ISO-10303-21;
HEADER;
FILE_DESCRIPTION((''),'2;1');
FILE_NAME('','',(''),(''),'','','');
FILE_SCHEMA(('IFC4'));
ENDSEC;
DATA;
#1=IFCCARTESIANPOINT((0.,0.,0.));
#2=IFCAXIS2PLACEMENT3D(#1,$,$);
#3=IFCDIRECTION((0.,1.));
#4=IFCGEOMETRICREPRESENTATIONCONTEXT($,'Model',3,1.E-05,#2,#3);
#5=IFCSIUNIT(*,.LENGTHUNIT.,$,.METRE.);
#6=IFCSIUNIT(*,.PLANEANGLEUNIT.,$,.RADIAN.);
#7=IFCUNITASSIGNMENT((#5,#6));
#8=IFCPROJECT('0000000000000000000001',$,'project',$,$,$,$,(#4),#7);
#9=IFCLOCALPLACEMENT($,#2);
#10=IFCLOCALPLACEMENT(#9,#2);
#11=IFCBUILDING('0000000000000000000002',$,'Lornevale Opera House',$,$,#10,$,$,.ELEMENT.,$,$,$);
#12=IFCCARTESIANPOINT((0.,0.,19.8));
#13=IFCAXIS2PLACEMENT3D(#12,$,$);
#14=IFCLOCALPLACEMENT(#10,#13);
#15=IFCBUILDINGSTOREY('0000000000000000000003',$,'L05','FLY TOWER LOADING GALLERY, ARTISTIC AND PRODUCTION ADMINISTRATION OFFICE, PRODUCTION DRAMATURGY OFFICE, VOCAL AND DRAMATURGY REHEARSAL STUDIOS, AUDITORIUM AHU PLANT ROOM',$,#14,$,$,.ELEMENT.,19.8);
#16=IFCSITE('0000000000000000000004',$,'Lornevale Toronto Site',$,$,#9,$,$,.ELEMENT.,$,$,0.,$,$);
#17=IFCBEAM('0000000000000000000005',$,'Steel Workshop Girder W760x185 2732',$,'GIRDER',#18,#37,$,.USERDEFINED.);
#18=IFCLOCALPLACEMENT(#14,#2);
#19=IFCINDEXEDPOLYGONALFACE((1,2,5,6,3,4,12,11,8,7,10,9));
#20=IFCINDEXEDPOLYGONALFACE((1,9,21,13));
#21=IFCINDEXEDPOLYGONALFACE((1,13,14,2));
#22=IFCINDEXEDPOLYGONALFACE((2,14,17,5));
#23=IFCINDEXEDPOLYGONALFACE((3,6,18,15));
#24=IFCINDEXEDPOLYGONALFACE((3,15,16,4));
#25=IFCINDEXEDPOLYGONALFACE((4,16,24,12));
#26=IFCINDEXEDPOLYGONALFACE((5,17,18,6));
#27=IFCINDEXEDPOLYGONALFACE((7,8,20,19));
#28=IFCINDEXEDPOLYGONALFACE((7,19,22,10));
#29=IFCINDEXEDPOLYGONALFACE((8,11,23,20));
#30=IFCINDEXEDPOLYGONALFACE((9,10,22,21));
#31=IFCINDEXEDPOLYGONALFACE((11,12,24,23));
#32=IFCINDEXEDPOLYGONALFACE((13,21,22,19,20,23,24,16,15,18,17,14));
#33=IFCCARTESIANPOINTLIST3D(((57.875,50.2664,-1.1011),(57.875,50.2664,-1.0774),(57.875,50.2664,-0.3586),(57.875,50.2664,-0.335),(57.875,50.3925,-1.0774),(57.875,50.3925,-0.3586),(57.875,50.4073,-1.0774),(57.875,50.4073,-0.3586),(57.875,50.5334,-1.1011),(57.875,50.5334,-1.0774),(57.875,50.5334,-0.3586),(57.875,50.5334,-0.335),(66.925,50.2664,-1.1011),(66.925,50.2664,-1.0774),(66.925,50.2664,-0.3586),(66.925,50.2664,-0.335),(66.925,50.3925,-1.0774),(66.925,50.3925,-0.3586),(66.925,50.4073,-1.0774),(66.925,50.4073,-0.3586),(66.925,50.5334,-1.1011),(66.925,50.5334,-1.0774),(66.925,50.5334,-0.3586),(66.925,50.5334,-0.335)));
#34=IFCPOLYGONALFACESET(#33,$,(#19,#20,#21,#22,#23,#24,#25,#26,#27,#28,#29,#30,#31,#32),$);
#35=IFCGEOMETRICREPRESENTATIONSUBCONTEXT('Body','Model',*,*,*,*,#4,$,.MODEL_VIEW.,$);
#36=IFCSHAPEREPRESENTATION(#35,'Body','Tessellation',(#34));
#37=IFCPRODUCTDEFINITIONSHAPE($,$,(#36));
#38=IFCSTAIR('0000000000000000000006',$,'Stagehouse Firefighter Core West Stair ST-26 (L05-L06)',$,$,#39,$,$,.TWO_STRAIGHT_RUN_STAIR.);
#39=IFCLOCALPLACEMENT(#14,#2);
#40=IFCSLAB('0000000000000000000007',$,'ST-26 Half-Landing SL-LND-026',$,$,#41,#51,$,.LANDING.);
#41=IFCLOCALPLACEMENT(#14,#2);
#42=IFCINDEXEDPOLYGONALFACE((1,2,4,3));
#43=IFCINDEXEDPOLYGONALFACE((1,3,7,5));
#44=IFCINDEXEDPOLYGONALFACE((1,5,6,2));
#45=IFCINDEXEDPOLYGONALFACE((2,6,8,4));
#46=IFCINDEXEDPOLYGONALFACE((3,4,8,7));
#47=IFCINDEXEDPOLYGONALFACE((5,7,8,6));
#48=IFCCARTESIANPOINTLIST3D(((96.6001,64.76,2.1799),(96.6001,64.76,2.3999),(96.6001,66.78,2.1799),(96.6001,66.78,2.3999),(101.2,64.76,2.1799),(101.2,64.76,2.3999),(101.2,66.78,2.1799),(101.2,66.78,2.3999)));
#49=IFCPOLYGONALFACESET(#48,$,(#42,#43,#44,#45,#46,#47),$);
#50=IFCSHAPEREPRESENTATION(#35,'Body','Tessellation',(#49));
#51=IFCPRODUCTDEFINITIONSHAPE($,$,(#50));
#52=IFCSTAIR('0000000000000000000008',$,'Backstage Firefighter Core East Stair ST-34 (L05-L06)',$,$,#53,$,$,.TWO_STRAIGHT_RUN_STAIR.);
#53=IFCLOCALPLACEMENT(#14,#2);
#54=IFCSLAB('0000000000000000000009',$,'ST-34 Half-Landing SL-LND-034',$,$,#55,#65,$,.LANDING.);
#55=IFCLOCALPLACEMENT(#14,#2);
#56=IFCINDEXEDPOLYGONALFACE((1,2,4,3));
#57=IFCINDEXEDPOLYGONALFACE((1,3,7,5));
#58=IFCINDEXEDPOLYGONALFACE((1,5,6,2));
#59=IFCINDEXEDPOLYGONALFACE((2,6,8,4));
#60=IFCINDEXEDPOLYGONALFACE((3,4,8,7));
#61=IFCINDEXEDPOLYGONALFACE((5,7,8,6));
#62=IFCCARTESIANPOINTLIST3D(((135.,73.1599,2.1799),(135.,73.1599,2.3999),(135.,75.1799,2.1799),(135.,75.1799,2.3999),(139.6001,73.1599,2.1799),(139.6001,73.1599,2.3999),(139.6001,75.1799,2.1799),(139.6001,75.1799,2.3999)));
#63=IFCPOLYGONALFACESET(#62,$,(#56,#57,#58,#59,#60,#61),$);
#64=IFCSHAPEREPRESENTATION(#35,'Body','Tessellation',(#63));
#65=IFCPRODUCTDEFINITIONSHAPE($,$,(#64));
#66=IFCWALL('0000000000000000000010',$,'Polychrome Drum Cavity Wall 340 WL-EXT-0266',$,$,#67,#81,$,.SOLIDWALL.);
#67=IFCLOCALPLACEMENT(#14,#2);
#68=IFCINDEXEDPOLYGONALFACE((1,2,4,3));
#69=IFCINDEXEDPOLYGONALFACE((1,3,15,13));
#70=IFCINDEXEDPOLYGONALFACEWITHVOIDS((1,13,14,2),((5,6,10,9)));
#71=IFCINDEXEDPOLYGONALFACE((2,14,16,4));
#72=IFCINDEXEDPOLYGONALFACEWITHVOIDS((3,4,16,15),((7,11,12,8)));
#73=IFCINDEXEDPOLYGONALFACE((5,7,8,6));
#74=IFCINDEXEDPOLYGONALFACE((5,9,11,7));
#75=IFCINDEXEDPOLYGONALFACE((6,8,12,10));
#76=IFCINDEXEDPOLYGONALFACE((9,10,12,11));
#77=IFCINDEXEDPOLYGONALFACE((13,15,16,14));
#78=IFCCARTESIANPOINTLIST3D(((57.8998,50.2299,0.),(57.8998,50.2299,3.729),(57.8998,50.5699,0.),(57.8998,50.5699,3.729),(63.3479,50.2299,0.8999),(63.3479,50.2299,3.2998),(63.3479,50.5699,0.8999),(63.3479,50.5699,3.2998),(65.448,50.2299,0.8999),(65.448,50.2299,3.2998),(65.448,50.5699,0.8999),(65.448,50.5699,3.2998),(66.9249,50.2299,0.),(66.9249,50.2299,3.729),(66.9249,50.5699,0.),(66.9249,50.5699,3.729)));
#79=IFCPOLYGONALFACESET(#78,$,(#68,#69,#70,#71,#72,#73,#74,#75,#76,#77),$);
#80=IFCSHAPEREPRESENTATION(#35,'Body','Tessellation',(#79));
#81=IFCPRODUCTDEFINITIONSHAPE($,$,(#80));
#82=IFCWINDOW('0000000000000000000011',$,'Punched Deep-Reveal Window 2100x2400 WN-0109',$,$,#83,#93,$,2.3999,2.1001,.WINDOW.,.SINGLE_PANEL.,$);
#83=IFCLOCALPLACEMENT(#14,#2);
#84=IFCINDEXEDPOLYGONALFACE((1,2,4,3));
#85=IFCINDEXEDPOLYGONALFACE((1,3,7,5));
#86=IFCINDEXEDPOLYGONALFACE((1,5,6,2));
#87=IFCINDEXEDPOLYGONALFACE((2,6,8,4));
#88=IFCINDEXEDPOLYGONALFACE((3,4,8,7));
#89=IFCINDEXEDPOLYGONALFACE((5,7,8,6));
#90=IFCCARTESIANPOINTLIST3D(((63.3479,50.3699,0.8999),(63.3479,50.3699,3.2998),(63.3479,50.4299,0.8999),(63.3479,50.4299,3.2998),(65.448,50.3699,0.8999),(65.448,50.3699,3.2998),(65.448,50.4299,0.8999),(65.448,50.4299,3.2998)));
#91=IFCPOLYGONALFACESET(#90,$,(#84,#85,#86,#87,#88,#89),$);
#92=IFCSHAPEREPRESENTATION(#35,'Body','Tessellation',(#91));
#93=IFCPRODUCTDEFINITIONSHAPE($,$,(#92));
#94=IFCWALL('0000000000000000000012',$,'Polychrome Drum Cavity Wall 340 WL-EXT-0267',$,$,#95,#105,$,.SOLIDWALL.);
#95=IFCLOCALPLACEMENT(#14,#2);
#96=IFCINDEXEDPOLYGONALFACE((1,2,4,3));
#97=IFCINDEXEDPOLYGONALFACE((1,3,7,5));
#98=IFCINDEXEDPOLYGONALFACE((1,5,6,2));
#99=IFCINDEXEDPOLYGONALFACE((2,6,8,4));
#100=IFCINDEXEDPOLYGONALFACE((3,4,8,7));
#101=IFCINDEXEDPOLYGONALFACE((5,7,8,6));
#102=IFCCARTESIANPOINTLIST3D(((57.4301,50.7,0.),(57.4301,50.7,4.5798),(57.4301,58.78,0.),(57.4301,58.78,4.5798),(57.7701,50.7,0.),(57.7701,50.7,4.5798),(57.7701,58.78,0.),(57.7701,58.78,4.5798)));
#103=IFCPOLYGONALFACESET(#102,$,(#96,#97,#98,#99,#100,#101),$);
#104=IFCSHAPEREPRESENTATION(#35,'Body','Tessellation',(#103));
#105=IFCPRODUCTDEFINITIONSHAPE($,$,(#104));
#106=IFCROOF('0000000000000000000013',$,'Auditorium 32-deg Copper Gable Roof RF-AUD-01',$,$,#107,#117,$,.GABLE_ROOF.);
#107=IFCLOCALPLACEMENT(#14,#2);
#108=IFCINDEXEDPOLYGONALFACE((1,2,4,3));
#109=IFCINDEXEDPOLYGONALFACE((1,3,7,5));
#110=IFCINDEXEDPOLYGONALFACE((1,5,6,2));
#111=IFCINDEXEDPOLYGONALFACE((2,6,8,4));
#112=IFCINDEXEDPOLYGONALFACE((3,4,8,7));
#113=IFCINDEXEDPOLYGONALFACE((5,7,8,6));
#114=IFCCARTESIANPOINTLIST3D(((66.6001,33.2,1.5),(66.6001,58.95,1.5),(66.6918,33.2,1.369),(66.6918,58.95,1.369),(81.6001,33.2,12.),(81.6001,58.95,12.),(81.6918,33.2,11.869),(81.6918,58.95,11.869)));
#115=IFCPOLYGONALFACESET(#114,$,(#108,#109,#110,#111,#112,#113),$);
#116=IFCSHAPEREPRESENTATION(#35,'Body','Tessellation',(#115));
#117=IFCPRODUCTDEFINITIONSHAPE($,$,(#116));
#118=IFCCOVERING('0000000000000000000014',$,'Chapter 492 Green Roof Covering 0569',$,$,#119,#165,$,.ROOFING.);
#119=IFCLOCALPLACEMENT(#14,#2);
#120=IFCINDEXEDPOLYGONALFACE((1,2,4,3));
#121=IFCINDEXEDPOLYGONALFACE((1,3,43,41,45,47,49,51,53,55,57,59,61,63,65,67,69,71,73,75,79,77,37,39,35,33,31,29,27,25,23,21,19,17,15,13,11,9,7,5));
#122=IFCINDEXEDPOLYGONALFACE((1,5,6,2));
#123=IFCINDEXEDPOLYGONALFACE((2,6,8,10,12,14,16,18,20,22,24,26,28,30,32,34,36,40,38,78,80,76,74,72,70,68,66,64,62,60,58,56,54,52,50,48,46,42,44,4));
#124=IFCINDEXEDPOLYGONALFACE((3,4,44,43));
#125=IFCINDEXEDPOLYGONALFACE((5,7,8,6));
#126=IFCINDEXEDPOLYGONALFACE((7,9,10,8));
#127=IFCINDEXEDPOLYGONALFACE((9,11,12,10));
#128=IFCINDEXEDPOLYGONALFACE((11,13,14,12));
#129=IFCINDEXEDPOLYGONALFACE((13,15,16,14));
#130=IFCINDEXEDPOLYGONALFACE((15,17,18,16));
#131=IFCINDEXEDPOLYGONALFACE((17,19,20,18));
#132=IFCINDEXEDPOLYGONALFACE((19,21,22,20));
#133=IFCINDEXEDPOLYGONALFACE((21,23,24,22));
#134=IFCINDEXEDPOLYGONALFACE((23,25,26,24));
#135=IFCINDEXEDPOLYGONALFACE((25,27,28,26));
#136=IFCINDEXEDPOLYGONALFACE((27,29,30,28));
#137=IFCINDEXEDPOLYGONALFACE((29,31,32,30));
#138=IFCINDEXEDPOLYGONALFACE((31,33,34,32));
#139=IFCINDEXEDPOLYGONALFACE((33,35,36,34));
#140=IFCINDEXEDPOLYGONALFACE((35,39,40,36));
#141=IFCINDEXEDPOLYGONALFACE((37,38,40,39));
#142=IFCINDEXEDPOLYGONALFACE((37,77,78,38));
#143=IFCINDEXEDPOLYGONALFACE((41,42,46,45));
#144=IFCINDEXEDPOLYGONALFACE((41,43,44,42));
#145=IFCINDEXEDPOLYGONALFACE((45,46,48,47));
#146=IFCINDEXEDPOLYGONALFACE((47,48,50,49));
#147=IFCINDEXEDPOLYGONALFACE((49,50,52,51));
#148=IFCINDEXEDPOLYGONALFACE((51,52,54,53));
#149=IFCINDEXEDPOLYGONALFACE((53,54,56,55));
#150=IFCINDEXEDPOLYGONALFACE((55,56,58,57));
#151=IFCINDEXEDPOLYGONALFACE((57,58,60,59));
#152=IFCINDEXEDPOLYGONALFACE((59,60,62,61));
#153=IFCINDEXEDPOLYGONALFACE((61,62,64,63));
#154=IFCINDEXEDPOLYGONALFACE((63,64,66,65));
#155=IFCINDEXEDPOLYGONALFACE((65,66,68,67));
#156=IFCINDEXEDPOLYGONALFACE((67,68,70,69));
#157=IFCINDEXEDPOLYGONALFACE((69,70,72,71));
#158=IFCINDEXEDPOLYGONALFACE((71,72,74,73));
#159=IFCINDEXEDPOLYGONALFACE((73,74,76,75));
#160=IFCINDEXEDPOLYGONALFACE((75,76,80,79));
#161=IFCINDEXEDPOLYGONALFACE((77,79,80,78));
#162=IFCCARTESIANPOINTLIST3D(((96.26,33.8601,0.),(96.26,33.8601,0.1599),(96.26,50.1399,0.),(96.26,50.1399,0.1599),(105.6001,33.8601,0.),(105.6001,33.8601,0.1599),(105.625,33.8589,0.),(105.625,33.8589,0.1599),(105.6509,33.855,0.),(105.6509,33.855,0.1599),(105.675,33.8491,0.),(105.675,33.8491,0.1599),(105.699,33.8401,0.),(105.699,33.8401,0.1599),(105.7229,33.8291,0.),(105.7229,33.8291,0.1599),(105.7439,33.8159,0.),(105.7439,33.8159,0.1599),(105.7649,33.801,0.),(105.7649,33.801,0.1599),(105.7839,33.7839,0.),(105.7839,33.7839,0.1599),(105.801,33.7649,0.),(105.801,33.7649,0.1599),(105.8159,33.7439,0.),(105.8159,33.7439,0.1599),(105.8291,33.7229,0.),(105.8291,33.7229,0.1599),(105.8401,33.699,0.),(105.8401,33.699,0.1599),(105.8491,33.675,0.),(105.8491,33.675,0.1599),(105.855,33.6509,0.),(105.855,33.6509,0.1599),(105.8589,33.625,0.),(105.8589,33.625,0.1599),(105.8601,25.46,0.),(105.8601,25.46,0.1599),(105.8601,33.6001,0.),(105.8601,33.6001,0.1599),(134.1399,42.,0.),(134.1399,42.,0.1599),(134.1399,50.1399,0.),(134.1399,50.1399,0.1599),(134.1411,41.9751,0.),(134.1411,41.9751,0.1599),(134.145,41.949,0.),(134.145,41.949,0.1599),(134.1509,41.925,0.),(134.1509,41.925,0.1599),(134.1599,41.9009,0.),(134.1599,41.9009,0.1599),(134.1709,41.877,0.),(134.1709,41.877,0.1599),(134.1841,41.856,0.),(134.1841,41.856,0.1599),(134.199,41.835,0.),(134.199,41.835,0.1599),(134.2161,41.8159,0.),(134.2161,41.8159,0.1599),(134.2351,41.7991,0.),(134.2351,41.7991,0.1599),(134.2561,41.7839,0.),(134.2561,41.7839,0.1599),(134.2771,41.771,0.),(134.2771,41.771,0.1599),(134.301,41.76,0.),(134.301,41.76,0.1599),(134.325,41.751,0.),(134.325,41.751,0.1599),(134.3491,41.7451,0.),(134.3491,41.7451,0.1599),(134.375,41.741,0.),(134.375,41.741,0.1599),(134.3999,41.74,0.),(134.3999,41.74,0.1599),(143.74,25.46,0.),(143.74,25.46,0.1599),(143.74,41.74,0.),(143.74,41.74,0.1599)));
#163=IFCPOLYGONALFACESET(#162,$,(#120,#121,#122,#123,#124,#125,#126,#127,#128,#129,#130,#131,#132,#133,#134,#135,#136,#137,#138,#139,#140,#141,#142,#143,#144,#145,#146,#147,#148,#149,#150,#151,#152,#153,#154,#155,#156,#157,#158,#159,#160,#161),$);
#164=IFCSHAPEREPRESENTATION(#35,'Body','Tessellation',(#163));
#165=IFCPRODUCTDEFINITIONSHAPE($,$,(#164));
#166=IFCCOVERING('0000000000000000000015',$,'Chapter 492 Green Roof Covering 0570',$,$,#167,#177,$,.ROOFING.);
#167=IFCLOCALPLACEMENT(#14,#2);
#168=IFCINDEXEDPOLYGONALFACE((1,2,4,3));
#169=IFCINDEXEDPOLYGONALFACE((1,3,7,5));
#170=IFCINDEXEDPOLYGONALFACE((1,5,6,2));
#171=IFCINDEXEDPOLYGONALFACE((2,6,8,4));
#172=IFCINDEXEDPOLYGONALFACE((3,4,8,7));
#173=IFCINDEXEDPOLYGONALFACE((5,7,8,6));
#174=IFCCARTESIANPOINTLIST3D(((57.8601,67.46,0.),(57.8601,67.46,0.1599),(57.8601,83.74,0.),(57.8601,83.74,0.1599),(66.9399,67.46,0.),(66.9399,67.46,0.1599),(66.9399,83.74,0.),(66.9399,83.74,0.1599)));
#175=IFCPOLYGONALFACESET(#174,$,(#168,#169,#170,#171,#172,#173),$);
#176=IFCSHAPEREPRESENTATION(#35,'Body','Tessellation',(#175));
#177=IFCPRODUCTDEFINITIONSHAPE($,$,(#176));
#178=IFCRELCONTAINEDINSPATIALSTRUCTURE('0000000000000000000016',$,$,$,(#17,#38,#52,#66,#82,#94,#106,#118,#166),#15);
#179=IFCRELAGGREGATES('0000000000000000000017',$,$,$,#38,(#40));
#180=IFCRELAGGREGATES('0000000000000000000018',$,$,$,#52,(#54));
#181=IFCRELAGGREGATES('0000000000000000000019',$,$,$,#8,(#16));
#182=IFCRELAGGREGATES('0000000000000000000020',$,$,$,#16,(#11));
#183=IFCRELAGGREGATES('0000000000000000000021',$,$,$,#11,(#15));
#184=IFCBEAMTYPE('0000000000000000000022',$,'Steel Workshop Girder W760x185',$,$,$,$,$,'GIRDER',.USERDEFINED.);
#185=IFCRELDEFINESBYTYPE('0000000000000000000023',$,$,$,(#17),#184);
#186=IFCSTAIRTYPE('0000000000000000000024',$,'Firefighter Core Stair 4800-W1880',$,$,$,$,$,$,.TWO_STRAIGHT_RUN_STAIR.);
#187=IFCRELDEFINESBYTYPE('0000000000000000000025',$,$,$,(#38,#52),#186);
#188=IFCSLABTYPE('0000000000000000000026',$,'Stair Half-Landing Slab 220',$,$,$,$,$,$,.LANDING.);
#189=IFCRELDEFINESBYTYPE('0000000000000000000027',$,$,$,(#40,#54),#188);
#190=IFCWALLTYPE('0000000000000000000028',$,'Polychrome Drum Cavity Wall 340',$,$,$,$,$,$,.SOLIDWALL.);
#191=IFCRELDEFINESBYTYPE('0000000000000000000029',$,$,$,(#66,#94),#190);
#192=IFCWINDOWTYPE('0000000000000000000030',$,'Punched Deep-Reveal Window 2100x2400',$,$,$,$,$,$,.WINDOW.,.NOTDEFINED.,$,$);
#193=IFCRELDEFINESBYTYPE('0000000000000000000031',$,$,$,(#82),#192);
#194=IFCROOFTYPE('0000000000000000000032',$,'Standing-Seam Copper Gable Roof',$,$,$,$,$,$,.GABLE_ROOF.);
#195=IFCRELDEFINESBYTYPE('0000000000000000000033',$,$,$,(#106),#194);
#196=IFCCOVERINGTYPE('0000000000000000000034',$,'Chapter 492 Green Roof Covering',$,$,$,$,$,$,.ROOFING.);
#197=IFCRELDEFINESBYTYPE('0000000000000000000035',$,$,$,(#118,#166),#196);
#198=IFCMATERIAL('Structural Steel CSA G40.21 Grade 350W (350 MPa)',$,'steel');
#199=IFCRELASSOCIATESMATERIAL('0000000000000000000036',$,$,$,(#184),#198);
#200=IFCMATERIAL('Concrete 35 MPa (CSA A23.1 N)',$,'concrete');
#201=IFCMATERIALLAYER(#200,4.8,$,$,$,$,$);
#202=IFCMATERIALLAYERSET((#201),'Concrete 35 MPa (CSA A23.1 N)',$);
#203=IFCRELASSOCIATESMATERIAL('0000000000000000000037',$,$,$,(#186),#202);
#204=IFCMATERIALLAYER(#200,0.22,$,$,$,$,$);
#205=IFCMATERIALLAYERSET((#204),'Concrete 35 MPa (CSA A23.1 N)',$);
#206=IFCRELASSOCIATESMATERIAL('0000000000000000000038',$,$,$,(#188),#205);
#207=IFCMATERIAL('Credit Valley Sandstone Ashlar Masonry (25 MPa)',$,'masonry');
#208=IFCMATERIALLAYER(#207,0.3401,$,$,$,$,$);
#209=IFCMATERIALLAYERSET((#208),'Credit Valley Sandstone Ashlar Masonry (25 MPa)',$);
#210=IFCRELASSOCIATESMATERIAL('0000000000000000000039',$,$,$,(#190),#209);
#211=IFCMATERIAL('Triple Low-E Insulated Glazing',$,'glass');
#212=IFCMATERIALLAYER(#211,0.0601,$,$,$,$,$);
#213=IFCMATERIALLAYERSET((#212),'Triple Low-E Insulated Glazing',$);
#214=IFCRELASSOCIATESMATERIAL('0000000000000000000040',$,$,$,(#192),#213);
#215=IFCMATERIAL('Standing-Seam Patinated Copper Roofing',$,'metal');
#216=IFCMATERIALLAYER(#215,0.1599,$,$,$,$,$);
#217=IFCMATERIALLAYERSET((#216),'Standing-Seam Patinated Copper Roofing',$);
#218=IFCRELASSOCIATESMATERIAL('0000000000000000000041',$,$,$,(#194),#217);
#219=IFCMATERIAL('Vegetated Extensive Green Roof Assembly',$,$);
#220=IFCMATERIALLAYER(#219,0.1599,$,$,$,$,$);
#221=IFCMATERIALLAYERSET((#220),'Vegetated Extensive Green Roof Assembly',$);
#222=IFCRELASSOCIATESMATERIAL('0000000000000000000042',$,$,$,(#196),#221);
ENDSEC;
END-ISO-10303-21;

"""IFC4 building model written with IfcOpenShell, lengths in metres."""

from ifc_helpers import new_model, si_unit, direction, frame, frame_2d, origin, origin_2d, place, context, subcontext, project, spatial, polyline, rectangle, i_section, outline, extrude, material, layer, layer_set, material_profile, profile_set, type_object, element, fill, aggregate, save


model = new_model("IFC4")

# Units and contexts
model_context = context("Model", 3, precision=1e-05, world=origin(), true_north=direction((0.0, 1.0)))
body_context = subcontext(model_context, "Body", "Model", "MODEL_VIEW")
ifc_project = project(units=[si_unit("LENGTHUNIT", "METRE"), si_unit("PLANEANGLEUNIT", "RADIAN")], contexts=[model_context])

# Site, building, storey
site_placement = place(None, origin())
site = spatial("IfcSite", under=ifc_project, at=site_placement, Name="Lornevale Toronto Site", CompositionType="ELEMENT", RefElevation=0.0)
building_placement = place(site_placement, origin())
building = spatial("IfcBuilding", under=site, at=building_placement, Name="Lornevale Opera House", CompositionType="ELEMENT")
storey_placement = place(building_placement, frame((0.0, 0.0, 19.8)))
storey = spatial("IfcBuildingStorey", under=building, at=storey_placement, Name="L05", Description="FLY TOWER LOADING GALLERY, ARTISTIC AND PRODUCTION ADMINISTRATION OFFICE, PRODUCTION DRAMATURGY OFFICE, VOCAL AND DRAMATURGY REHEARSAL STUDIOS, AUDITORIUM AHU PLANT ROOM", CompositionType="ELEMENT", Elevation=19.8)

# Shared definitions
ifc_material_1 = material(Name="Concrete 35 MPa (CSA A23.1 N)", Category="concrete")
ifc_material_2 = material(Name="Structural Steel CSA G40.21 Grade 350W (350 MPa)", Category="steel")

# Beam
ifc_material_profile_1 = material_profile(ifc_material_2, i_section(OverallWidth=0.2671, OverallDepth=0.7661, WebThickness=0.0149, FlangeThickness=0.0237, at=origin_2d()), Name="W760x185")
ifc_profile_set_1 = profile_set([ifc_material_profile_1], Name="Structural Steel CSA G40.21 Grade 350W (350 MPa)")
beam_type_1 = type_object("IfcBeamType", Name="Steel Workshop Girder W760x185", ElementType="GIRDER", PredefinedType="USERDEFINED", material=ifc_profile_set_1)
beam_1_placement = place(storey_placement, frame((57.875, 50.3999, -0.718), z_axis=(1.0, 0.0, 0.0), x_axis=(0.0, 1.0, 0.0)))
element("IfcBeam", 1, at=beam_1_placement, inside=storey, type_object=beam_type_1, Name="Steel Workshop Girder W760x185 2732", ObjectType="GIRDER", PredefinedType="USERDEFINED", context=body_context, shape_type="SweptSolid", body=[
    extrude(i_section(OverallWidth=0.2671, OverallDepth=0.7661, WebThickness=0.0149, FlangeThickness=0.0237, at=origin_2d()), origin(), (0.0, 0.0, 1.0), 9.05),
])

# Stairs, slabs
ifc_layer_1 = layer(ifc_material_1, 4.8)
ifc_layer_set_1 = layer_set([ifc_layer_1], Name="Concrete 35 MPa (CSA A23.1 N)")
stair_type = type_object("IfcStairType", Name="Firefighter Core Stair 4800-W1880", PredefinedType="TWO_STRAIGHT_RUN_STAIR", material=ifc_layer_set_1)
stair_1_placement = place(storey_placement, origin())
stair_1 = element("IfcStair", 2, at=stair_1_placement, inside=storey, type_object=stair_type, Name="Stagehouse Firefighter Core West Stair ST-26 (L05-L06)", PredefinedType="TWO_STRAIGHT_RUN_STAIR")
ifc_layer_2 = layer(ifc_material_1, 0.22)
ifc_layer_set_2 = layer_set([ifc_layer_2], Name="Concrete 35 MPa (CSA A23.1 N)")
slab_type = type_object("IfcSlabType", Name="Stair Half-Landing Slab 220", PredefinedType="LANDING", material=ifc_layer_set_2)
slab_1_placement = place(storey_placement, frame((0.0, 0.0, 2.1799)))
slab_1 = element("IfcSlab", 3, at=slab_1_placement, type_object=slab_type, Name="ST-26 Half-Landing SL-LND-026", PredefinedType="LANDING", context=body_context, shape_type="SweptSolid", body=[
    extrude(outline(polyline([(96.6001, 64.76), (101.2, 64.76), (101.2, 66.78), (96.6001, 66.78), (96.6001, 64.76)])), origin(), (0.0, 0.0, 1.0), 0.22),
])
aggregate(stair_1, [slab_1])
stair_2_placement = place(storey_placement, origin())
stair_2 = element("IfcStair", 4, at=stair_2_placement, inside=storey, type_object=stair_type, Name="Backstage Firefighter Core East Stair ST-34 (L05-L06)", PredefinedType="TWO_STRAIGHT_RUN_STAIR")
slab_2_placement = place(storey_placement, frame((0.0, 0.0, 2.1799)))
slab_2 = element("IfcSlab", 5, at=slab_2_placement, type_object=slab_type, Name="ST-34 Half-Landing SL-LND-034", PredefinedType="LANDING", context=body_context, shape_type="SweptSolid", body=[
    extrude(outline(polyline([(135.0, 73.1599), (139.6001, 73.1599), (139.6001, 75.1799), (135.0, 75.1799), (135.0, 73.1599)])), origin(), (0.0, 0.0, 1.0), 0.22),
])
aggregate(stair_2, [slab_2])

# Wall, opening, window
ifc_material_3 = material(Name="Credit Valley Sandstone Ashlar Masonry (25 MPa)", Category="masonry")
ifc_layer_3 = layer(ifc_material_3, 0.3401)
ifc_layer_set_3 = layer_set([ifc_layer_3], Name="Credit Valley Sandstone Ashlar Masonry (25 MPa)")
wall_type = type_object("IfcWallType", Name="Polychrome Drum Cavity Wall 340", PredefinedType="SOLIDWALL", material=ifc_layer_set_3)
wall_1_placement = place(storey_placement, frame((66.925, 50.3999, 0.0), z_axis=(0.0, 0.0, 1.0), x_axis=(-1.0, 0.0, 0.0)))
wall_1 = element("IfcWall", 6, at=wall_1_placement, inside=storey, type_object=wall_type, Name="Polychrome Drum Cavity Wall 340 WL-EXT-0266", PredefinedType="SOLIDWALL", context=body_context, shape_type="SweptSolid", body=[
    extrude(rectangle(XDim=9.0251, YDim=0.3401, at=frame_2d((4.5127, 0.0))), origin(), (0.0, 0.0, 1.0), 3.729),
])
opening_placement = place(wall_1_placement, frame((1.4771, 0.0, 0.8999)))
opening = element("IfcOpeningElement", 7, at=opening_placement, cuts=wall_1, PredefinedType="OPENING", context=body_context, shape_type="SweptSolid", body=[
    extrude(rectangle(XDim=2.1001, YDim=2.3999, at=frame_2d((1.05, 1.2))), frame((0.0, 0.1799, 0.0), z_axis=(0.0, -1.0, 0.0), x_axis=(1.0, 0.0, 0.0)), (0.0, 0.0, 1.0), 0.3601),
])
ifc_material_4 = material(Name="Triple Low-E Insulated Glazing", Category="glass")
ifc_layer_4 = layer(ifc_material_4, 0.0601)
ifc_layer_set_4 = layer_set([ifc_layer_4], Name="Triple Low-E Insulated Glazing")
window_type = type_object("IfcWindowType", Name="Punched Deep-Reveal Window 2100x2400", PartitioningType="NOTDEFINED", PredefinedType="WINDOW", material=ifc_layer_set_4)
window_placement = place(opening_placement, origin())
window = element("IfcWindow", 8, at=window_placement, inside=storey, type_object=window_type, Name="Punched Deep-Reveal Window 2100x2400 WN-0109", OverallHeight=2.3999, OverallWidth=2.1001, PartitioningType="SINGLE_PANEL", PredefinedType="WINDOW", context=body_context, shape_type="SweptSolid", body=[
    extrude(rectangle(XDim=2.1001, YDim=2.3999, at=frame_2d((1.05, 1.2))), frame((0.0, 0.03, 0.0), z_axis=(0.0, -1.0, 0.0), x_axis=(1.0, 0.0, 0.0)), (0.0, 0.0, 1.0), 0.0601),
])
fill(opening, window)

# Wall
wall_2_placement = place(storey_placement, frame((57.6001, 50.7, 0.0), z_axis=(0.0, 0.0, 1.0), x_axis=(0.0, 1.0, 0.0)))
element("IfcWall", 9, at=wall_2_placement, inside=storey, type_object=wall_type, Name="Polychrome Drum Cavity Wall 340 WL-EXT-0267", PredefinedType="SOLIDWALL", context=body_context, shape_type="SweptSolid", body=[
    extrude(rectangle(XDim=8.0801, YDim=0.3401, at=frame_2d((4.04, 0.0))), origin(), (0.0, 0.0, 1.0), 4.5798),
])

# Roof
ifc_material_5 = material(Name="Standing-Seam Patinated Copper Roofing", Category="metal")
ifc_layer_5 = layer(ifc_material_5, 0.1599)
ifc_layer_set_5 = layer_set([ifc_layer_5], Name="Standing-Seam Patinated Copper Roofing")
roof_type = type_object("IfcRoofType", Name="Standing-Seam Copper Gable Roof", PredefinedType="GABLE_ROOF", material=ifc_layer_set_5)
roof_placement = place(storey_placement, frame((66.6001, 33.2, 1.5), z_axis=(-0.573462, 0.0, 0.819232), x_axis=(0.819232, 0.0, 0.573462)))
element("IfcRoof", 10, at=roof_placement, inside=storey, type_object=roof_type, Name="Auditorium 32-deg Copper Gable Roof RF-AUD-01", PredefinedType="GABLE_ROOF", context=body_context, shape_type="SweptSolid", body=[
    extrude(outline(polyline([(0.0, 0.0), (18.3098, 0.0), (18.3098, 25.75), (0.0, 25.75), (0.0, 0.0)])), origin(), (0.0, 0.0, -1.0), 0.1599),
])

# Coverings
ifc_material_6 = material(Name="Vegetated Extensive Green Roof Assembly")
ifc_layer_6 = layer(ifc_material_6, 0.1599)
ifc_layer_set_6 = layer_set([ifc_layer_6], Name="Vegetated Extensive Green Roof Assembly")
covering_type_1 = type_object("IfcCoveringType", Name="Chapter 492 Green Roof Covering", PredefinedType="ROOFING", material=ifc_layer_set_6)
covering_1_placement = place(storey_placement, origin())
element("IfcCovering", 11, at=covering_1_placement, inside=storey, type_object=covering_type_1, Name="Chapter 492 Green Roof Covering 0569", PredefinedType="ROOFING", context=body_context, shape_type="SweptSolid", body=[
    extrude(outline(polyline([(105.8601, 33.6001), (105.8589, 33.625), (105.855, 33.6509), (105.8491, 33.675), (105.8401, 33.699), (105.8291, 33.7229), (105.8159, 33.7439), (105.801, 33.7649), (105.7839, 33.7839), (105.7649, 33.801), (105.7439, 33.8159), (105.7229, 33.8291), (105.699, 33.8401), (105.675, 33.8491), (105.6509, 33.855), (105.625, 33.8589), (105.6001, 33.8601), (96.26, 33.8601), (96.26, 50.1399), (134.1399, 50.1399), (134.1399, 42.0), (134.1411, 41.9751), (134.145, 41.949), (134.1509, 41.925), (134.1599, 41.9009), (134.1709, 41.877), (134.1841, 41.856), (134.199, 41.835), (134.2161, 41.8159), (134.2351, 41.7991), (134.2561, 41.7839), (134.2771, 41.771), (134.301, 41.76), (134.325, 41.751), (134.3491, 41.7451), (134.375, 41.741), (134.3999, 41.74), (143.74, 41.74), (143.74, 25.46), (105.8601, 25.46), (105.8601, 33.6001)])), origin(), (0.0, 0.0, 1.0), 0.1599),
])
covering_2_placement = place(storey_placement, origin())
element("IfcCovering", 12, at=covering_2_placement, inside=storey, type_object=covering_type_1, Name="Chapter 492 Green Roof Covering 0570", PredefinedType="ROOFING", context=body_context, shape_type="SweptSolid", body=[
    extrude(outline(polyline([(66.9399, 67.46), (57.8601, 67.46), (57.8601, 83.74), (66.9399, 83.74), (66.9399, 67.46)])), origin(), (0.0, 0.0, 1.0), 0.1599),
])

save(model, "model.ifc")
